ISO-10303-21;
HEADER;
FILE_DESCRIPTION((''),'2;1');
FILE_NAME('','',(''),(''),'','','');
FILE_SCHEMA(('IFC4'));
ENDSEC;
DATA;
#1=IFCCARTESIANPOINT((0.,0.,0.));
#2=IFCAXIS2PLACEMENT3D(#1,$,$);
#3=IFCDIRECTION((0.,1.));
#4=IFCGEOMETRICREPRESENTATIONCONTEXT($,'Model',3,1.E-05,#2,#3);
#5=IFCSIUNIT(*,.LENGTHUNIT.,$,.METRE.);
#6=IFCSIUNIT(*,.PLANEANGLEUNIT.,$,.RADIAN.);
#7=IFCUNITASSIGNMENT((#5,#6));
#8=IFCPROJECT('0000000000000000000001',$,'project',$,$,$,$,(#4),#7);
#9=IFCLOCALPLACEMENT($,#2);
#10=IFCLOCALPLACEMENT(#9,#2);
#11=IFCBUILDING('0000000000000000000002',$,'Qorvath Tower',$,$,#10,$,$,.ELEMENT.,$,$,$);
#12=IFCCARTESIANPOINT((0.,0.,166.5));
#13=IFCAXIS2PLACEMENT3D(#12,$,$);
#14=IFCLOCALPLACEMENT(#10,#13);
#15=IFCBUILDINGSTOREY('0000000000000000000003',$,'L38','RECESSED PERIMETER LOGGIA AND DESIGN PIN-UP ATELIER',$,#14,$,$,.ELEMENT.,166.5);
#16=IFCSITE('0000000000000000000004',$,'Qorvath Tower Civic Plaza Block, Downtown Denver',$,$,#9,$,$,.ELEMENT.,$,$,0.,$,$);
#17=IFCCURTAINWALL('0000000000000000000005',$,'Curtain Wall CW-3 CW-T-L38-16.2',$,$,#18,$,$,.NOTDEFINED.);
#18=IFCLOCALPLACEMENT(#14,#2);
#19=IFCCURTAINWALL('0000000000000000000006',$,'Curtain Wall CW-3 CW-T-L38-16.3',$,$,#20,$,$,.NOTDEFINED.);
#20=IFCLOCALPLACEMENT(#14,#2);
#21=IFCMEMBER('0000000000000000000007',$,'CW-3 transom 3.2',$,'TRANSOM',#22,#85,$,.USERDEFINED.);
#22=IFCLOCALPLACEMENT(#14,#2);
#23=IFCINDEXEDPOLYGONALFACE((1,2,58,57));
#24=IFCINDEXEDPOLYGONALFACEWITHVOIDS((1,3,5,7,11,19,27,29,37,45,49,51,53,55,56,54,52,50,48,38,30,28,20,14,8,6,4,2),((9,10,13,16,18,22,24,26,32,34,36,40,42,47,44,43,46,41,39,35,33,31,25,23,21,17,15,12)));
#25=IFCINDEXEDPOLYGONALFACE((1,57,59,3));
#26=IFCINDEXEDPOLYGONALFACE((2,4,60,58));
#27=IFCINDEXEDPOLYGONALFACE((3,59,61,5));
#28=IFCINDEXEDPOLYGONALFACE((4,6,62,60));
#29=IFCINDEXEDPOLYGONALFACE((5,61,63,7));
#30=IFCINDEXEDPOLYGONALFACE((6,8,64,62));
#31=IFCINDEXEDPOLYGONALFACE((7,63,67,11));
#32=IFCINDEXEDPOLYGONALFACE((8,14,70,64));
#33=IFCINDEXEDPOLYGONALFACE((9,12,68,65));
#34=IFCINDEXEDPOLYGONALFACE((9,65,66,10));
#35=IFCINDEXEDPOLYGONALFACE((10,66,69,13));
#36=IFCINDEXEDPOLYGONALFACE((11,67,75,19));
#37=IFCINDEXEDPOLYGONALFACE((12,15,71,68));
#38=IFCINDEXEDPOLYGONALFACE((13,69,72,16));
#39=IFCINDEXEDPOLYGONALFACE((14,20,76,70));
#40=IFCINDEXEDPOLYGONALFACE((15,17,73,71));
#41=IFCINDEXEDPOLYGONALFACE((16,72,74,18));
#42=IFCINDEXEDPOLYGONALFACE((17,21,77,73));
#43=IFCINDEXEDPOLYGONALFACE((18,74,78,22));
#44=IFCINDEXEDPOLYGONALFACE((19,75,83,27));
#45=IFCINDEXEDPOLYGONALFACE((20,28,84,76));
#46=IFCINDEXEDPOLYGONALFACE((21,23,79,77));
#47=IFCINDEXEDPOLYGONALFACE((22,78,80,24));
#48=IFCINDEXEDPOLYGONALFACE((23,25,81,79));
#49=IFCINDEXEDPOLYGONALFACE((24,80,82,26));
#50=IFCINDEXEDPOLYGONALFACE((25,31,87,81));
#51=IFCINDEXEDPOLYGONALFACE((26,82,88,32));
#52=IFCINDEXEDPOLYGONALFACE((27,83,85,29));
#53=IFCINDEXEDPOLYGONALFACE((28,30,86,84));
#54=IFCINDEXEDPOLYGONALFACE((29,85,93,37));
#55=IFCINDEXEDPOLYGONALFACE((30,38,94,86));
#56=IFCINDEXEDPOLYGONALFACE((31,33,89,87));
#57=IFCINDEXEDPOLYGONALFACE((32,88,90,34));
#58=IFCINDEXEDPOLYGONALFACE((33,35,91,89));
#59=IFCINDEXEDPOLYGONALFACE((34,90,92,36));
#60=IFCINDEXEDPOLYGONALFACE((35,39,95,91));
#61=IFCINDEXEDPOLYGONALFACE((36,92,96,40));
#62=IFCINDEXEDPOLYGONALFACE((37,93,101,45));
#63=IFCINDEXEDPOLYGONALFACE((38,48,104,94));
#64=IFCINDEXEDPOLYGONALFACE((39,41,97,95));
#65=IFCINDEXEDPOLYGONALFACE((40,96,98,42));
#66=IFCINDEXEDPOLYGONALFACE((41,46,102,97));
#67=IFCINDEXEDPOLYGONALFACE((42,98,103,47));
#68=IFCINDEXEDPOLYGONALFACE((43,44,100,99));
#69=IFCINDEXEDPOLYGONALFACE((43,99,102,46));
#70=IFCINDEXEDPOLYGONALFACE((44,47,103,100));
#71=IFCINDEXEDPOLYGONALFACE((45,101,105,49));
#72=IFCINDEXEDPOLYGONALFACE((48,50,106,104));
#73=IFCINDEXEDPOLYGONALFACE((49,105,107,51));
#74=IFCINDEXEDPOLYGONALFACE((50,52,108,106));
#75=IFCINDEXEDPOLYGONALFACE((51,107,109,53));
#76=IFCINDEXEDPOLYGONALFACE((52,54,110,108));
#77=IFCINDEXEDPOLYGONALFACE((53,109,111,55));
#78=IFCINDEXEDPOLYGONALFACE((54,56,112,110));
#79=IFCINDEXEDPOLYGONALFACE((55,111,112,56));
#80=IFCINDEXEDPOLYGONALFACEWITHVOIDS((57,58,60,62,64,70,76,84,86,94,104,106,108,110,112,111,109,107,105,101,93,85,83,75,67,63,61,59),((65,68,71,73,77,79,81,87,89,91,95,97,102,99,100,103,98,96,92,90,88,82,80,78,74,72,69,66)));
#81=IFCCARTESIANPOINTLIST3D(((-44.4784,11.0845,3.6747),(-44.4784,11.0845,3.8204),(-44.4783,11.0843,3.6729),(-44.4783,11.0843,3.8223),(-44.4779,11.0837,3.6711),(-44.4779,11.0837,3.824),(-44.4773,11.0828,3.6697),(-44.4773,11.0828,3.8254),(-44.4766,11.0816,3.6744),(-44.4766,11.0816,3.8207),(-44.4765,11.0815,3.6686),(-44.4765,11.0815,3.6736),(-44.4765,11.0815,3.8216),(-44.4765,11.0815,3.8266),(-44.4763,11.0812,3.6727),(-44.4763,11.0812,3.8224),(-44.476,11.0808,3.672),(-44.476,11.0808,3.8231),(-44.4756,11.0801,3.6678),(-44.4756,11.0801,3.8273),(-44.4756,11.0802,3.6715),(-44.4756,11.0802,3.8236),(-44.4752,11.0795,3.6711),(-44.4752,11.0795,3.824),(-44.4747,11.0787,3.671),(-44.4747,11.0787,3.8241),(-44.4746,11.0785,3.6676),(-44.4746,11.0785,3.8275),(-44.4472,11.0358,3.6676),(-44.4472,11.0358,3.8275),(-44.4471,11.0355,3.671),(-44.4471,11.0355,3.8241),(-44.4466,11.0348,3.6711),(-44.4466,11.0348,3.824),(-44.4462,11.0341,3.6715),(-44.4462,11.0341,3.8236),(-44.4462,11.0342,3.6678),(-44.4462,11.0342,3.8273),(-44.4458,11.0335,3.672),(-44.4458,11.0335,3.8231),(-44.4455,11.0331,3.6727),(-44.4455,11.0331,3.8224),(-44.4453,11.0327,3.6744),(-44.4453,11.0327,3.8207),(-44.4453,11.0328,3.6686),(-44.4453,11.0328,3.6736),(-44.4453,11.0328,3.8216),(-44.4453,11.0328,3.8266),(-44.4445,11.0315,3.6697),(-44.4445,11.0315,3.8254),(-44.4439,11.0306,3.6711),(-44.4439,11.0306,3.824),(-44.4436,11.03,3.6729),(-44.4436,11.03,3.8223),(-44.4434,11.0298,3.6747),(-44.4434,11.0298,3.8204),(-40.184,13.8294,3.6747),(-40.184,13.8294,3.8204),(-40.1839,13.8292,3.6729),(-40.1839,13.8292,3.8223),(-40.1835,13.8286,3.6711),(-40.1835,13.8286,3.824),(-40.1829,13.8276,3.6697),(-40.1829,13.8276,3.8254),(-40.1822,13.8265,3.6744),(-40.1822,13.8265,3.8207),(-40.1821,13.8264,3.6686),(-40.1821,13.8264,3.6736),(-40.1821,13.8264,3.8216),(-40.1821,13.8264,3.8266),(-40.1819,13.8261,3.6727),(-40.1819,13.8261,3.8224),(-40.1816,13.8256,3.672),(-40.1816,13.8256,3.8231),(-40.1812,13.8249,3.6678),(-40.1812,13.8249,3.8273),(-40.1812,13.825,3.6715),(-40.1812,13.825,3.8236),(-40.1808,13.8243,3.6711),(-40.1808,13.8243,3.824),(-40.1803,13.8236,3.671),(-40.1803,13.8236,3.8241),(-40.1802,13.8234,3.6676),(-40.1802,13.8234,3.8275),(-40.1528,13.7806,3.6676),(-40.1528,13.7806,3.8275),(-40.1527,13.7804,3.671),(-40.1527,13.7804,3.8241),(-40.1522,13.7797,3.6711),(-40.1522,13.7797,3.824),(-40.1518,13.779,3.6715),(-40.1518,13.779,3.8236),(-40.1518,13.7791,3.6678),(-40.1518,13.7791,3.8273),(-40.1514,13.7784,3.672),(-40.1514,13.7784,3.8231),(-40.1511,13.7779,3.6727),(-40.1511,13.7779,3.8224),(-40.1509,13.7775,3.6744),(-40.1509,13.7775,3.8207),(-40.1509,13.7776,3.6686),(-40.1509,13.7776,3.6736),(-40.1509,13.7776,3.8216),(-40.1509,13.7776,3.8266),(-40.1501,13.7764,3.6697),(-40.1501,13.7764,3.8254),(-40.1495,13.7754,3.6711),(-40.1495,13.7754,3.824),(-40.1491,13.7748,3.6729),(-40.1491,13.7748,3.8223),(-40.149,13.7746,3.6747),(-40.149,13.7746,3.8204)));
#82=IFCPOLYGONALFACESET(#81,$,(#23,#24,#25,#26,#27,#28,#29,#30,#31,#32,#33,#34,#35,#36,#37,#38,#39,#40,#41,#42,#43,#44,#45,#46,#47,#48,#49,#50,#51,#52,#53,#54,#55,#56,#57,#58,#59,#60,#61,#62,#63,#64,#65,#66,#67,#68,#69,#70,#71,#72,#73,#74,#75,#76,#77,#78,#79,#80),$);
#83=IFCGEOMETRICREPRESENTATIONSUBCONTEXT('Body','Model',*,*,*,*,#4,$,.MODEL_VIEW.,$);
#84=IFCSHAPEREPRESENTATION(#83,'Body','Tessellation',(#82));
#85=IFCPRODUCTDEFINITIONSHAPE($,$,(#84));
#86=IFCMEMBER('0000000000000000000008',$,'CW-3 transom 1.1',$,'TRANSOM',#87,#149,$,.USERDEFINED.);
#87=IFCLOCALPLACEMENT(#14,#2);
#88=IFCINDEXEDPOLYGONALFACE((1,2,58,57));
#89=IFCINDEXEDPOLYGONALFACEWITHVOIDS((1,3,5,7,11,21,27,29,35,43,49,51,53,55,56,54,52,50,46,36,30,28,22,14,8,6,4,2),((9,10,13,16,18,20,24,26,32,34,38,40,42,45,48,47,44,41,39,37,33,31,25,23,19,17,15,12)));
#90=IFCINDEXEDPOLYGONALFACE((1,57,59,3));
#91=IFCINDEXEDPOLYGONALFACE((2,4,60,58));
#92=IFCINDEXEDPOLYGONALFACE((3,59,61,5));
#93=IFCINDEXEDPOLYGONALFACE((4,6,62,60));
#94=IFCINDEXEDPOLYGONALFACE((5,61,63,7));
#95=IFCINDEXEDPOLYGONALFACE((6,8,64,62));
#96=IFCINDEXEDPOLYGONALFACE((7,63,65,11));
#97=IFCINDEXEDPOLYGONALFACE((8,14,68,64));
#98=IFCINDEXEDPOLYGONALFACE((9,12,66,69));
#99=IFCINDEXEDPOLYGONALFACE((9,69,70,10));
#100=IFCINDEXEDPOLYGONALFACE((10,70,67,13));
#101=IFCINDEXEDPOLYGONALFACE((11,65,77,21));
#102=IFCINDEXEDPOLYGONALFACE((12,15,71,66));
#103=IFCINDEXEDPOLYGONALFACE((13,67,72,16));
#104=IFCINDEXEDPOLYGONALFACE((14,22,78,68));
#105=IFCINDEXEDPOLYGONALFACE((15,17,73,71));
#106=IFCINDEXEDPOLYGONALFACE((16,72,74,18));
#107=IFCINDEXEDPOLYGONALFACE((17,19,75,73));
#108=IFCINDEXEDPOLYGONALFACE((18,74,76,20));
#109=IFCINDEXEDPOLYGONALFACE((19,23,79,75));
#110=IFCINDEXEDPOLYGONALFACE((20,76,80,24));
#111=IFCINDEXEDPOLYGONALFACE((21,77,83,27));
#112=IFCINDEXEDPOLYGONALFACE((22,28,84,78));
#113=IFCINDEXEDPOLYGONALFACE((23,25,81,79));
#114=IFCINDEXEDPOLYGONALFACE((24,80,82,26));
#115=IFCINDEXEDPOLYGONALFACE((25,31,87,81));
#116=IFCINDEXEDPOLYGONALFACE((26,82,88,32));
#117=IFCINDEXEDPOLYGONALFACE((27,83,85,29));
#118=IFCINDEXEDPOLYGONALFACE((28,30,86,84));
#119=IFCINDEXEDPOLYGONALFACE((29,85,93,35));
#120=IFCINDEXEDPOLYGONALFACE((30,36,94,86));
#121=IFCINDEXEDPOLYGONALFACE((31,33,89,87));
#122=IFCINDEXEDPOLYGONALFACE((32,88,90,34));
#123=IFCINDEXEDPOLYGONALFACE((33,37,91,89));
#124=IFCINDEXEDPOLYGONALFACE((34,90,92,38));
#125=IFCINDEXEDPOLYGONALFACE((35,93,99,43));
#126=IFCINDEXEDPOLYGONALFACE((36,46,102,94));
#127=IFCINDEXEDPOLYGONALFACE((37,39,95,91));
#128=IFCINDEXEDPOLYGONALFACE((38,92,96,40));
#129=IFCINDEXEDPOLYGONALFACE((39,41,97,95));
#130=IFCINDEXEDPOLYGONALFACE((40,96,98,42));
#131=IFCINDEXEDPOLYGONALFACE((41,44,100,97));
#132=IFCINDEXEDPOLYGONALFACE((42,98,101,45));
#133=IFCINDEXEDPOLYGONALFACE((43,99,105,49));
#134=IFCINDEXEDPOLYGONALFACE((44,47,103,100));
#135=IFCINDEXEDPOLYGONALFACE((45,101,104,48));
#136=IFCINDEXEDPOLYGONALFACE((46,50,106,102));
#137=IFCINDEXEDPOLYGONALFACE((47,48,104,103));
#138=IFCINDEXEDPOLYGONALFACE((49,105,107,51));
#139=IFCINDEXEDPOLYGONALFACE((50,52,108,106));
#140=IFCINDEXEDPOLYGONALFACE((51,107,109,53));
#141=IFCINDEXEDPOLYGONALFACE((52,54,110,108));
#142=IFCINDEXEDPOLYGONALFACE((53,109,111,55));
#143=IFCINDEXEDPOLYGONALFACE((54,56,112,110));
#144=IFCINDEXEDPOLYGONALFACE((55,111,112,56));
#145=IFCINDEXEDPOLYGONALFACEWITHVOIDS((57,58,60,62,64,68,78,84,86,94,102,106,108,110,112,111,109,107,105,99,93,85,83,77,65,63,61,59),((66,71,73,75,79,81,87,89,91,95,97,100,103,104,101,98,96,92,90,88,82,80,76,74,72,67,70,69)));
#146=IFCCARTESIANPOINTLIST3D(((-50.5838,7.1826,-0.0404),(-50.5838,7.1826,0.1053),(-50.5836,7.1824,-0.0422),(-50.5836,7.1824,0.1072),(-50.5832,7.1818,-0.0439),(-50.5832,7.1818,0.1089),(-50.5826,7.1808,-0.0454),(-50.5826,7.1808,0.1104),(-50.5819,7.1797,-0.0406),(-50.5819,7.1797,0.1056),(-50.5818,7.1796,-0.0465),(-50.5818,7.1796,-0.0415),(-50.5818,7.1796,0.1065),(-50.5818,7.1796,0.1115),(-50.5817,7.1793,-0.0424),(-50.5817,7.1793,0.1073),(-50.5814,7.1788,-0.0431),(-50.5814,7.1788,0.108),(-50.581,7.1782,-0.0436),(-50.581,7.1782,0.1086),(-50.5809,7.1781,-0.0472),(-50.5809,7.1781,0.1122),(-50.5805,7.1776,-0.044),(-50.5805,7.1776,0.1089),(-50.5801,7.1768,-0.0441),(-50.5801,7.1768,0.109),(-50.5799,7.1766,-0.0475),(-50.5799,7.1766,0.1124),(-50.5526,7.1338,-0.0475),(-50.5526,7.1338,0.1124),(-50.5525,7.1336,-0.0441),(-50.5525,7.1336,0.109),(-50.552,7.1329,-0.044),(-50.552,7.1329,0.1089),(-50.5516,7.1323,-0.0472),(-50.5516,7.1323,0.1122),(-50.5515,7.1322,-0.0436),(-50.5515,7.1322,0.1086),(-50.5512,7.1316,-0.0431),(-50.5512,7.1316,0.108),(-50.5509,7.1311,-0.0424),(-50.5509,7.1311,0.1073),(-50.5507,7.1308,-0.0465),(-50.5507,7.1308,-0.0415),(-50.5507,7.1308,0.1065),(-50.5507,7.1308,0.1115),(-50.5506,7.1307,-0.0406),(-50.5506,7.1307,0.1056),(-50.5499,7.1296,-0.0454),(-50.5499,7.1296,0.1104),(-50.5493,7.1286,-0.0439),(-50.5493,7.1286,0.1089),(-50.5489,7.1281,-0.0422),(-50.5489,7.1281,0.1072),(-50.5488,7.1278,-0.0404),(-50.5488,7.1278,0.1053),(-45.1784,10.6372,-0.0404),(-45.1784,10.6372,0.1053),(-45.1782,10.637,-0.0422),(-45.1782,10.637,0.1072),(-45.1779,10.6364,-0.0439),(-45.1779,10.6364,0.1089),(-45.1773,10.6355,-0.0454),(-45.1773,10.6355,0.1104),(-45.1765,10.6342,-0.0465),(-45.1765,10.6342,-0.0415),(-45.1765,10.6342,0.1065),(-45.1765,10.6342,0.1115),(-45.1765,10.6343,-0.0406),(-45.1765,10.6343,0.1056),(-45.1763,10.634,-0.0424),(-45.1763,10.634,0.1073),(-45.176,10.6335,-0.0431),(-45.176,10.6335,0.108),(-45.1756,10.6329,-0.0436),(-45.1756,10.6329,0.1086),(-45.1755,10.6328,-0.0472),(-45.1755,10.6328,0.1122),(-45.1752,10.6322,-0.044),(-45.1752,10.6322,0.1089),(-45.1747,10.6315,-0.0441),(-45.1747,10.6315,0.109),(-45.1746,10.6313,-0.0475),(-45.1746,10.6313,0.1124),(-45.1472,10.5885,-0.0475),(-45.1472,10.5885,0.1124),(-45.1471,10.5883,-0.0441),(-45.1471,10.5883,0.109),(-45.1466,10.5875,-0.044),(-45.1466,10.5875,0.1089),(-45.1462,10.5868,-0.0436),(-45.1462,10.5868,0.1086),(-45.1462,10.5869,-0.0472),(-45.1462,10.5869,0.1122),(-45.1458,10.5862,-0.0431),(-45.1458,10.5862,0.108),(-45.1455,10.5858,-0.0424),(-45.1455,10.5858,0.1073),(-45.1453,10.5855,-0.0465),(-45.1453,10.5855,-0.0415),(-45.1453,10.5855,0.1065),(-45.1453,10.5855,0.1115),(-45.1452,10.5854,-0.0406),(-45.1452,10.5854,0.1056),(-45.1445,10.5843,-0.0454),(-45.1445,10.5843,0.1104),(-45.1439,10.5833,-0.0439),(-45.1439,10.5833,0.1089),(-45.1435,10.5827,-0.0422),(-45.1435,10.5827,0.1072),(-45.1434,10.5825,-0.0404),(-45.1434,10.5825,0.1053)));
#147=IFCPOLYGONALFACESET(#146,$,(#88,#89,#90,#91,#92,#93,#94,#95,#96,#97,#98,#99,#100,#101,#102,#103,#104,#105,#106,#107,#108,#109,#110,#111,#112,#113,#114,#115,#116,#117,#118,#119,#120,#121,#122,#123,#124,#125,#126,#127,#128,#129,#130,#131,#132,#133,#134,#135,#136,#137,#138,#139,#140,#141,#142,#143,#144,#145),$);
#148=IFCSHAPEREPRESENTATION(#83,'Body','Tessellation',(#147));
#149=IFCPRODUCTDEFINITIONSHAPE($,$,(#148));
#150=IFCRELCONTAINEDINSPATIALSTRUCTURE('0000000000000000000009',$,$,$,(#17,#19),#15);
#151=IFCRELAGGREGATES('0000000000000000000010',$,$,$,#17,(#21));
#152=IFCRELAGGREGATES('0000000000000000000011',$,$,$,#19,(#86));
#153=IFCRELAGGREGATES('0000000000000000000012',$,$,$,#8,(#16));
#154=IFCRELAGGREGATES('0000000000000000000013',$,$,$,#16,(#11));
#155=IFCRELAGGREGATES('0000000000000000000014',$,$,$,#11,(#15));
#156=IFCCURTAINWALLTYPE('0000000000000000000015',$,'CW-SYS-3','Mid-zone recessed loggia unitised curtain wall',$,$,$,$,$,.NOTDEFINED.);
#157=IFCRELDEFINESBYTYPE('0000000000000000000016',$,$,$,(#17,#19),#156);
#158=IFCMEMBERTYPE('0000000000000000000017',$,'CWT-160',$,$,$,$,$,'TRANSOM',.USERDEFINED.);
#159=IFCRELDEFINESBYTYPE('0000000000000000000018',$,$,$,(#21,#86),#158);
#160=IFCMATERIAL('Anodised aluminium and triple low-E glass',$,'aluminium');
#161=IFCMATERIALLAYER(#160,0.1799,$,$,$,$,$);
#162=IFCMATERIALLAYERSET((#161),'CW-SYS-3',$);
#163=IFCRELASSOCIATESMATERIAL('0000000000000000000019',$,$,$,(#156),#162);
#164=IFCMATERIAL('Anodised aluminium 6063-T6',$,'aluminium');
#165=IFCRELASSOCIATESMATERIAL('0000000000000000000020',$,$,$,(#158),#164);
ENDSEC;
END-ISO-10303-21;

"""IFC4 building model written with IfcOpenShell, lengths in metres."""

from ifc_helpers import new_model, si_unit, direction, frame, origin, origin_2d, place, context, subcontext, project, spatial, hollow_rectangle, extrude, material, layer, layer_set, material_profile, profile_set, type_object, element, aggregate, save


model = new_model("IFC4")

# Units and contexts
model_context = context("Model", 3, precision=1e-05, world=origin(), true_north=direction((0.0, 1.0)))
body_context = subcontext(model_context, "Body", "Model", "MODEL_VIEW")
ifc_project = project(units=[si_unit("LENGTHUNIT", "METRE"), si_unit("PLANEANGLEUNIT", "RADIAN")], contexts=[model_context])

# Site, building, storey
site_placement = place(None, origin())
site = spatial("IfcSite", under=ifc_project, at=site_placement, Name="Qorvath Tower Civic Plaza Block, Downtown Denver", CompositionType="ELEMENT", RefElevation=0.0)
building_placement = place(site_placement, origin())
building = spatial("IfcBuilding", under=site, at=building_placement, Name="Qorvath Tower", CompositionType="ELEMENT")
storey_placement = place(building_placement, frame((0.0, 0.0, 166.5)))
storey = spatial("IfcBuildingStorey", under=building, at=storey_placement, Name="L38", Description="RECESSED PERIMETER LOGGIA AND DESIGN PIN-UP ATELIER", CompositionType="ELEMENT", Elevation=166.5)

# Curtain walls
ifc_material_1 = material(Name="Anodised aluminium and triple low-E glass", Category="aluminium")
ifc_layer_1 = layer(ifc_material_1, 0.1799)
ifc_layer_set_1 = layer_set([ifc_layer_1], Name="CW-SYS-3")
curtain_wall_type = type_object("IfcCurtainWallType", Name="CW-SYS-3", Description="Mid-zone recessed loggia unitised curtain wall", PredefinedType="NOTDEFINED", material=ifc_layer_set_1)
curtain_wall_1_placement = place(storey_placement, origin())
curtain_wall_1 = element("IfcCurtainWall", 1, at=curtain_wall_1_placement, inside=storey, type_object=curtain_wall_type, Name="Curtain Wall CW-3 CW-T-L38-16.2", PredefinedType="NOTDEFINED")
curtain_wall_2_placement = place(storey_placement, origin())
curtain_wall_2 = element("IfcCurtainWall", 2, at=curtain_wall_2_placement, inside=storey, type_object=curtain_wall_type, Name="Curtain Wall CW-3 CW-T-L38-16.3", PredefinedType="NOTDEFINED")

# Members
ifc_material_2 = material(Name="Anodised aluminium 6063-T6", Category="aluminium")
ifc_material_profile_1 = material_profile(ifc_material_2, hollow_rectangle(XDim=0.0649, YDim=0.1599, WallThickness=0.0034, InnerFilletRadius=0.0034, OuterFilletRadius=0.0071, at=origin_2d()), Name="CWT 160x65")
ifc_profile_set_1 = profile_set([ifc_material_profile_1], Name="Anodised aluminium 6063-T6")
member_type_1 = type_object("IfcMemberType", Name="CWT-160", ElementType="TRANSOM", PredefinedType="USERDEFINED", material=ifc_profile_set_1)
member_1_placement = place(storey_placement, frame((-40.1665, 13.802, 3.7476), z_axis=(-0.842589, -0.538557, 0.0), x_axis=(0.538557, -0.842589, 0.0)))
member_1 = element("IfcMember", 3, at=member_1_placement, type_object=member_type_1, Name="CW-3 transom 3.2", ObjectType="TRANSOM", PredefinedType="USERDEFINED", context=body_context, shape_type="SweptSolid", body=[
    extrude(hollow_rectangle(XDim=0.0649, YDim=0.1599, WallThickness=0.0034, InnerFilletRadius=0.0034, OuterFilletRadius=0.0071, at=origin_2d()), origin(), (0.0, 0.0, 1.0), 5.0967),
])
member_2_placement = place(storey_placement, frame((-45.1609, 10.6099, 0.0325), z_axis=(-0.84261, -0.538524, 0.0), x_axis=(0.538524, -0.84261, 0.0)))
member_2 = element("IfcMember", 4, at=member_2_placement, type_object=member_type_1, Name="CW-3 transom 1.1", ObjectType="TRANSOM", PredefinedType="USERDEFINED", context=body_context, shape_type="SweptSolid", body=[
    extrude(hollow_rectangle(XDim=0.0649, YDim=0.1599, WallThickness=0.0034, InnerFilletRadius=0.0034, OuterFilletRadius=0.0071, at=origin_2d()), origin(), (0.0, 0.0, 1.0), 6.415),
])

aggregate(curtain_wall_1, [member_1])
aggregate(curtain_wall_2, [member_2])

save(model, "model.ifc")
